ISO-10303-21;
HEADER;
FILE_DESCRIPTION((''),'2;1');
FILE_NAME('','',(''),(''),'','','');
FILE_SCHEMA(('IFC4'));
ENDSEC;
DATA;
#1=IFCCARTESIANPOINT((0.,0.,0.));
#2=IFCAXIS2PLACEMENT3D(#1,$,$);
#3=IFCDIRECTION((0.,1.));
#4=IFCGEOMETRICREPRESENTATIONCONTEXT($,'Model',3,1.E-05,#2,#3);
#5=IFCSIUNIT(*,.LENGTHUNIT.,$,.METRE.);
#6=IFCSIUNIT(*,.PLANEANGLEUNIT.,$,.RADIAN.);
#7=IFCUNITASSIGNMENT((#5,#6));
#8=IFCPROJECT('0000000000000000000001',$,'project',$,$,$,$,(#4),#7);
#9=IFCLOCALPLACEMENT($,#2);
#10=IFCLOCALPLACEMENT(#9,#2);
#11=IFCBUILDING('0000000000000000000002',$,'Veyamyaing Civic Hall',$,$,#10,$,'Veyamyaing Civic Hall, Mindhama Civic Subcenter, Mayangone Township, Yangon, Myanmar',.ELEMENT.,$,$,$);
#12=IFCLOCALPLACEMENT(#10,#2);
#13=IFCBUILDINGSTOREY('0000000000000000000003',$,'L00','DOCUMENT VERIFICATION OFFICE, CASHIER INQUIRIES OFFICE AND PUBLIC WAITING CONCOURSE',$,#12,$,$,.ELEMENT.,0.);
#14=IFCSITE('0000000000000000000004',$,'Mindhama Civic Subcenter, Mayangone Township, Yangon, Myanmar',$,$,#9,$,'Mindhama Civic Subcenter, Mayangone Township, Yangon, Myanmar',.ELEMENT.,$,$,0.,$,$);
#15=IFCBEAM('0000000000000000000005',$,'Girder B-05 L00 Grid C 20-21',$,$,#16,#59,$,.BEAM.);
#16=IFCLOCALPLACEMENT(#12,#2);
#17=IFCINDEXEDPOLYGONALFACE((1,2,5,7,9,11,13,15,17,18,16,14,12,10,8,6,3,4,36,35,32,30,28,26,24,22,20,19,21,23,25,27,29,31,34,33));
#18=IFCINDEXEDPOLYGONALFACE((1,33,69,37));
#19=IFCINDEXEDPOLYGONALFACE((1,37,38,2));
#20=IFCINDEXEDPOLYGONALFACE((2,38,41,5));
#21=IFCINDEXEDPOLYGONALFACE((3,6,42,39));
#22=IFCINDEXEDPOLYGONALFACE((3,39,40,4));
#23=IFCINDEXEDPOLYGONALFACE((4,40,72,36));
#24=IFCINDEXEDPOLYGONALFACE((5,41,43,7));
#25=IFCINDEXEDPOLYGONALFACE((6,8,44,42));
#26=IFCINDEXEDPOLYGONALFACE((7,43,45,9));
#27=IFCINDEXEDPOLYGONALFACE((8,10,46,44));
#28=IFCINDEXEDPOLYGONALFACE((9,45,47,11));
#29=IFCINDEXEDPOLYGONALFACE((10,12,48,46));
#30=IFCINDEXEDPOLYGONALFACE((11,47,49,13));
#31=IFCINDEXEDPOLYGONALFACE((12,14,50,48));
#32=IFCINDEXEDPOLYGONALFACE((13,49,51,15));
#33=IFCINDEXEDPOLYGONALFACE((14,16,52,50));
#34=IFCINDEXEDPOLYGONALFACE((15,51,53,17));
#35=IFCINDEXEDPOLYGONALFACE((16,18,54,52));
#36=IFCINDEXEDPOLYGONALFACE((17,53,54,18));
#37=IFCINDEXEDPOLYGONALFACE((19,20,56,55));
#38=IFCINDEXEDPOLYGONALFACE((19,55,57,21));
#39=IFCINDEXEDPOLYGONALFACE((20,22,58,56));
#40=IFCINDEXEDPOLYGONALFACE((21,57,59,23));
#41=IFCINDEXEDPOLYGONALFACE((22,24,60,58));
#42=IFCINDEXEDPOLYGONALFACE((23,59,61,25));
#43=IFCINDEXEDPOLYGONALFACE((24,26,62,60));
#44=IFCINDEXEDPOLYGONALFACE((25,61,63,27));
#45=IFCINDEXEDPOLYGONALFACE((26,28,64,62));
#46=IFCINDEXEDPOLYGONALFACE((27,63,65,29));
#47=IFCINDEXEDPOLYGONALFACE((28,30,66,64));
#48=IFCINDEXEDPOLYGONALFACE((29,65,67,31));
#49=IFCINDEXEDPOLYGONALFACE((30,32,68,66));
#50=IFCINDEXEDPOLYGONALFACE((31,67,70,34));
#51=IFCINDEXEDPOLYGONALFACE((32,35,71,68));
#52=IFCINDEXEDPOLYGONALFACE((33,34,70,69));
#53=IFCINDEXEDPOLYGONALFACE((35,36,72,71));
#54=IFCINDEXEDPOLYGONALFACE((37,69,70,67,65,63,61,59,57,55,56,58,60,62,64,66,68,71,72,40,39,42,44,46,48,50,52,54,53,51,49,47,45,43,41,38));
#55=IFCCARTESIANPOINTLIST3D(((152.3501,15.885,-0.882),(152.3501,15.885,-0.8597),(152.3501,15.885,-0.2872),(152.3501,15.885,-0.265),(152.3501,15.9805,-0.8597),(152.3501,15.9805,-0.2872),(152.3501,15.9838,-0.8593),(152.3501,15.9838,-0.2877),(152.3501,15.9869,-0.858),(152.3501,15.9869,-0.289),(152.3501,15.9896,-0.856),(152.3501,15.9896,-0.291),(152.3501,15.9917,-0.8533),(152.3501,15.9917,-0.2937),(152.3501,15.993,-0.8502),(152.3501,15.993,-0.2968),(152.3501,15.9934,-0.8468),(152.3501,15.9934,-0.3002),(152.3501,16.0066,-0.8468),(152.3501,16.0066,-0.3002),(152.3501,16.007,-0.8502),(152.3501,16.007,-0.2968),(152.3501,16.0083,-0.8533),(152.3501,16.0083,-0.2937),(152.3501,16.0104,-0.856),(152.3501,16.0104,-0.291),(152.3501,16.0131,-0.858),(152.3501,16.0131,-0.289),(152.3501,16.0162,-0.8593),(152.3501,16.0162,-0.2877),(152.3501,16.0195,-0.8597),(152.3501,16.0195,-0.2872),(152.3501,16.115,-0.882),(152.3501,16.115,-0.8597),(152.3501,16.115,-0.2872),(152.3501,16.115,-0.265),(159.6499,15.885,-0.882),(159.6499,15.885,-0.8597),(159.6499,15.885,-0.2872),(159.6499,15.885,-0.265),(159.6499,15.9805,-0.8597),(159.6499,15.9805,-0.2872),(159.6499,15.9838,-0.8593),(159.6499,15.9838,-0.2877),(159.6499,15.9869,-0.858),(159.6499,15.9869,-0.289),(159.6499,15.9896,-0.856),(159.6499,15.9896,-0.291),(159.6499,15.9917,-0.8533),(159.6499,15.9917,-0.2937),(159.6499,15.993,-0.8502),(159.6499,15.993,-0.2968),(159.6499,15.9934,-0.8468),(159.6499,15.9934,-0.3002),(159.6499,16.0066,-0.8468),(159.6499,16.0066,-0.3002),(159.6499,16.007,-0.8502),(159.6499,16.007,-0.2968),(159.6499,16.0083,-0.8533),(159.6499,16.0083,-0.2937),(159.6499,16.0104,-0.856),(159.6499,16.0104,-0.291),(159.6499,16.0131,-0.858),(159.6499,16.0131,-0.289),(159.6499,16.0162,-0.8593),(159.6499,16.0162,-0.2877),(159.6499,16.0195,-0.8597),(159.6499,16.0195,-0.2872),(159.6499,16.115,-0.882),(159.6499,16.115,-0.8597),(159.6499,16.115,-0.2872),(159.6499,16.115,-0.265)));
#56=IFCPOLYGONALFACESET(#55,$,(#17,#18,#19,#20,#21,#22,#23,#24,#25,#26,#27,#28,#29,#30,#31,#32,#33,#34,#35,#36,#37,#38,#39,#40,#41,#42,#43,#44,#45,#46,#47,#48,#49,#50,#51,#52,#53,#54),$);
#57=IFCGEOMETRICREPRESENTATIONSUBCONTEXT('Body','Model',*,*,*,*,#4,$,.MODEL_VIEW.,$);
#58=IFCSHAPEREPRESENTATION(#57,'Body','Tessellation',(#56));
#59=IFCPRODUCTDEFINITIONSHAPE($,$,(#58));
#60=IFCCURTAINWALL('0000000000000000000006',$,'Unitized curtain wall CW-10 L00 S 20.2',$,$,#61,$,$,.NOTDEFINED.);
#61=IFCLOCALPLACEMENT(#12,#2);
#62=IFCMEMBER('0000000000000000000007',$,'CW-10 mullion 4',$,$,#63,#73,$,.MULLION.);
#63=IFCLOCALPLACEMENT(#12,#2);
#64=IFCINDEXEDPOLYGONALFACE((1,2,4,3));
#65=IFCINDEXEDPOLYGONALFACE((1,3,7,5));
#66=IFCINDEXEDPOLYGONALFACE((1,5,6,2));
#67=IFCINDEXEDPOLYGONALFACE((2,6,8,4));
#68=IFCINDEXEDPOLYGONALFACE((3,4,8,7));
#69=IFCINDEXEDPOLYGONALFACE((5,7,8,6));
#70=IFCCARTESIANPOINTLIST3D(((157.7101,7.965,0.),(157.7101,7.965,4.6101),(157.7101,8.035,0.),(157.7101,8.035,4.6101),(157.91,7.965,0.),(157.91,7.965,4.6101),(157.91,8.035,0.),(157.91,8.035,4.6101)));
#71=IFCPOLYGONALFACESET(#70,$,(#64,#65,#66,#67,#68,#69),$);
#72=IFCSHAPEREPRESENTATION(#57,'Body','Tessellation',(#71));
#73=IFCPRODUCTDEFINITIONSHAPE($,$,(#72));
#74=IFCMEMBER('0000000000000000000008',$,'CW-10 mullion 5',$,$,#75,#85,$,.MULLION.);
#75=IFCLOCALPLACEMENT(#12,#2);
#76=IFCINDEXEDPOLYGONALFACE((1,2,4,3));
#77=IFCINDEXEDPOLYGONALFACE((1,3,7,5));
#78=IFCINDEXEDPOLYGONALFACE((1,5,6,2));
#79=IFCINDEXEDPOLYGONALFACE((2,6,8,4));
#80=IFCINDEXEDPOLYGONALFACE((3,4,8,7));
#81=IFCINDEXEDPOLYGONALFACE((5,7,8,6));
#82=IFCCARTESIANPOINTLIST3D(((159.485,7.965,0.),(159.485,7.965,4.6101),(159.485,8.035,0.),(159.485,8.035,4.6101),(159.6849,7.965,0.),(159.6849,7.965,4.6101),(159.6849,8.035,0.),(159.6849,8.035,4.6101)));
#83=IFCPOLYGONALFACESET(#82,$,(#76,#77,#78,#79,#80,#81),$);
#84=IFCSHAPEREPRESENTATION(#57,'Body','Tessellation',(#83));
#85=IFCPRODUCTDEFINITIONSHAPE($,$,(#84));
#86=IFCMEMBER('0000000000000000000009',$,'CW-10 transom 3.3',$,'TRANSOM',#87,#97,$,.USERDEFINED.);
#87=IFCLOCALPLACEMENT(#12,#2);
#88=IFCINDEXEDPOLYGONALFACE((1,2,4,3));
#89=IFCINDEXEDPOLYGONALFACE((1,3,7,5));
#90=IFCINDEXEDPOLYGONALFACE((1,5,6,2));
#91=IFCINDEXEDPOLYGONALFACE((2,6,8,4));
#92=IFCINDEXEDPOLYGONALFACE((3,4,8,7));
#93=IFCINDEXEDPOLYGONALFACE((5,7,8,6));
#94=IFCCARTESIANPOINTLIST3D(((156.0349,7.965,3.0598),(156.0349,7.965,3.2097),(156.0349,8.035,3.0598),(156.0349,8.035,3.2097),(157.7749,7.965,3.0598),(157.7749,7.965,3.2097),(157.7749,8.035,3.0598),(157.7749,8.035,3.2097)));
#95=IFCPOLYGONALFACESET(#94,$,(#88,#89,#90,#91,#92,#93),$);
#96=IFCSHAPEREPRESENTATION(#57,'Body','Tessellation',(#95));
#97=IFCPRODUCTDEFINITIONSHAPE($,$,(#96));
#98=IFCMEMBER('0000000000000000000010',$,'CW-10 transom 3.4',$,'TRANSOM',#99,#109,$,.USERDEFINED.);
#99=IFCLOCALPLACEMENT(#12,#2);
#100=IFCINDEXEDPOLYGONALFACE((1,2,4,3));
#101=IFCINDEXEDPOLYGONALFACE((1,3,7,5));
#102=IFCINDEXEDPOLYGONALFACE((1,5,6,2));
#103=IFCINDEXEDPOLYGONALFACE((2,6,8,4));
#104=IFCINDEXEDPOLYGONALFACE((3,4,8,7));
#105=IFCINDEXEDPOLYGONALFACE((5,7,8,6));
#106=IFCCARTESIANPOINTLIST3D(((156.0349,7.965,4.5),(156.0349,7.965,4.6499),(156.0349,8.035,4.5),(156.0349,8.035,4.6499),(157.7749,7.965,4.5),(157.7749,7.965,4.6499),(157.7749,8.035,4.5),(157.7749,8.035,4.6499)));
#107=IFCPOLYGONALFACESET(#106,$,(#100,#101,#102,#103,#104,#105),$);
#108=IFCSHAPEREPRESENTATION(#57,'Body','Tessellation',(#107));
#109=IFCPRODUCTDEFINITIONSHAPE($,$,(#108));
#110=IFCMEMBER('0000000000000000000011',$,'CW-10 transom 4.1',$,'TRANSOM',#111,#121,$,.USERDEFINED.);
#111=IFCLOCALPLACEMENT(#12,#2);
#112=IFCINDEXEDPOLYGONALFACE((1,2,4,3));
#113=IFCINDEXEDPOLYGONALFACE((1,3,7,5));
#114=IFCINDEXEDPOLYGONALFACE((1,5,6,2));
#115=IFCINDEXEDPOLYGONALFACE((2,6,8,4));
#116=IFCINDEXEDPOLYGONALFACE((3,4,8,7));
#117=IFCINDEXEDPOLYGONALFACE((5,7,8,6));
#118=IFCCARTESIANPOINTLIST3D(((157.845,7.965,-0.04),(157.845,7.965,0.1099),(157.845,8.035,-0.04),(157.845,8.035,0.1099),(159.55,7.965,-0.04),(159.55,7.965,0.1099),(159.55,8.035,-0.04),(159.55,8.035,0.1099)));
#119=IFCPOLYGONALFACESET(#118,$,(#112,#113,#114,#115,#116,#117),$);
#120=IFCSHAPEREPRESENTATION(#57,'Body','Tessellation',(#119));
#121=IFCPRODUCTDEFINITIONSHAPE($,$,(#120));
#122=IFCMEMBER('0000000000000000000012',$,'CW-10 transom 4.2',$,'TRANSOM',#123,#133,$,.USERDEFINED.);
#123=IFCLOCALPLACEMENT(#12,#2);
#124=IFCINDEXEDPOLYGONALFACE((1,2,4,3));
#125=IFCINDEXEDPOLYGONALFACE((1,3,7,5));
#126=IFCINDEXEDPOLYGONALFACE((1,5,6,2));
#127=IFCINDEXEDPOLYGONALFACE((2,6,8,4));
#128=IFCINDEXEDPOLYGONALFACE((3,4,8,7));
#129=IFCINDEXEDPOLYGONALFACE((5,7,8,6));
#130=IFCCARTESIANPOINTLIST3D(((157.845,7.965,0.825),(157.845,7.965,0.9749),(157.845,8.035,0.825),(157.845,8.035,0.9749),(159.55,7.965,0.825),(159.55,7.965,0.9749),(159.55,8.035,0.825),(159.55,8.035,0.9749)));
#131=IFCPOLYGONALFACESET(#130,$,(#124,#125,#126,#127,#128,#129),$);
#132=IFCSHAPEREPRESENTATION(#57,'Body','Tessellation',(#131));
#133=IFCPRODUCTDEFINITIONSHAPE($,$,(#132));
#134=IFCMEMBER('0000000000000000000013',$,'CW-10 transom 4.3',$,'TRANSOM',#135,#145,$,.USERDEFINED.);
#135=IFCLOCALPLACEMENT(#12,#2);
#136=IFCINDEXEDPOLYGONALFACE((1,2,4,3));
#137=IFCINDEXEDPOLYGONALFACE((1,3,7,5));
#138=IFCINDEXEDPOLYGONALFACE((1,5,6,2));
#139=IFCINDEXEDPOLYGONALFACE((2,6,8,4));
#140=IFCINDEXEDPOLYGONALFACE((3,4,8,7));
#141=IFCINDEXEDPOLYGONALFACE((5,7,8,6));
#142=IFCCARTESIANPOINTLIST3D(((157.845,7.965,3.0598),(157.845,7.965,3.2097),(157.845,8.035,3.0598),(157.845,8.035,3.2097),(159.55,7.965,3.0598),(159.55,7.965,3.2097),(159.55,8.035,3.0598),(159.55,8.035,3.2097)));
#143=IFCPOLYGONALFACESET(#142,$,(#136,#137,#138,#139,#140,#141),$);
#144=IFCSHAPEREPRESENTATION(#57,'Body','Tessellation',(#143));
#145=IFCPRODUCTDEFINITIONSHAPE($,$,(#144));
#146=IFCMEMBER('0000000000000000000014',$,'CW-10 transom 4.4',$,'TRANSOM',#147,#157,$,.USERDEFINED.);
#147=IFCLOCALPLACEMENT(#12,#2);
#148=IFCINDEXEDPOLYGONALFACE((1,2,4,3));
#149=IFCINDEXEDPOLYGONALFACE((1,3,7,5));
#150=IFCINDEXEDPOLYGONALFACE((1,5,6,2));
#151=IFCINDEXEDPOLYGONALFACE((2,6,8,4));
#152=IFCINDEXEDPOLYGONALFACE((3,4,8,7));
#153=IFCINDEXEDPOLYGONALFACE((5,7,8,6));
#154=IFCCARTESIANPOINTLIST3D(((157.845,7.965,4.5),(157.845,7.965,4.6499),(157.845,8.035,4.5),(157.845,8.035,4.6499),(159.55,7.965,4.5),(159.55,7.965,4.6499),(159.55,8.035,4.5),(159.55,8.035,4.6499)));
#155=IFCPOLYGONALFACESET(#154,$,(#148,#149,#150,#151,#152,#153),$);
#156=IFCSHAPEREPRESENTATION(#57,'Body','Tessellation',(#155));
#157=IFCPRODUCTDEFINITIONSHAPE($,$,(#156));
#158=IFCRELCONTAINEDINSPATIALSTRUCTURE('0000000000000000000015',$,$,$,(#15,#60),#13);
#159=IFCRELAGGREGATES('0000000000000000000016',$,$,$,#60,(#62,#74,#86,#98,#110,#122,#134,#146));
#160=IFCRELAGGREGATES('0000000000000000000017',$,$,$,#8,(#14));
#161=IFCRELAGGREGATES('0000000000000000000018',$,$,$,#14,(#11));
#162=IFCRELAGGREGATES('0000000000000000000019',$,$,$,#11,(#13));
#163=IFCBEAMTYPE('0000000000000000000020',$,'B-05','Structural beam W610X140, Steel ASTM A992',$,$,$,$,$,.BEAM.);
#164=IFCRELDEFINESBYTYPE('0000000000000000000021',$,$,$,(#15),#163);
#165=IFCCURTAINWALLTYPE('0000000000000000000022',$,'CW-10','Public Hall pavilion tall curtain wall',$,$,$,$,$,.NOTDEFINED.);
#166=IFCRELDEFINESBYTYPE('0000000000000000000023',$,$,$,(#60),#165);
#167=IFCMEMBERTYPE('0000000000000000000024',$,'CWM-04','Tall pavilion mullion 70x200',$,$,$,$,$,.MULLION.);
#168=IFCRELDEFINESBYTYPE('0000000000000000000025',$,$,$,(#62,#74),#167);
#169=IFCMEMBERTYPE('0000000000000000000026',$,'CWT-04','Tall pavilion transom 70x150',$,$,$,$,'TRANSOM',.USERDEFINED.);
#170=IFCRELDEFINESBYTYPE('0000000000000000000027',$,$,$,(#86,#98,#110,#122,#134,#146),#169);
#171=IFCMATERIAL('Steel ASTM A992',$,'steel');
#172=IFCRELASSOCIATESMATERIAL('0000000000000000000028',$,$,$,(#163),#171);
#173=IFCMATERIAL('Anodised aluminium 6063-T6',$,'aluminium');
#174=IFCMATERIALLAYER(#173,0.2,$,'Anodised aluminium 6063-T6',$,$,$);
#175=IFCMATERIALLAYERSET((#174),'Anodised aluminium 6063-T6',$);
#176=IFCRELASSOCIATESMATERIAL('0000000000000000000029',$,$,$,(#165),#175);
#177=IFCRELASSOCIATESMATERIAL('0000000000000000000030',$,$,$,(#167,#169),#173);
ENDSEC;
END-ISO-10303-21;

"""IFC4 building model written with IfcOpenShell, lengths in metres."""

from ifc_helpers import new_model, si_unit, direction, frame, origin, origin_2d, place, context, subcontext, project, spatial, rectangle, i_section, extrude, material, layer, layer_set, material_profile, profile_set, type_object, element, aggregate, save


model = new_model("IFC4")

# Units and contexts
model_context = context("Model", 3, precision=1e-05, world=origin(), true_north=direction((0.0, 1.0)))
body_context = subcontext(model_context, "Body", "Model", "MODEL_VIEW")
ifc_project = project(units=[si_unit("LENGTHUNIT", "METRE"), si_unit("PLANEANGLEUNIT", "RADIAN")], contexts=[model_context])

# Site, building, storey
site_placement = place(None, origin())
site = spatial("IfcSite", under=ifc_project, at=site_placement, Name="Mindhama Civic Subcenter, Mayangone Township, Yangon, Myanmar", LongName="Mindhama Civic Subcenter, Mayangone Township, Yangon, Myanmar", CompositionType="ELEMENT", RefElevation=0.0)
building_placement = place(site_placement, origin())
building = spatial("IfcBuilding", under=site, at=building_placement, Name="Veyamyaing Civic Hall", LongName="Veyamyaing Civic Hall, Mindhama Civic Subcenter, Mayangone Township, Yangon, Myanmar", CompositionType="ELEMENT")
storey_placement = place(building_placement, origin())
storey = spatial("IfcBuildingStorey", under=building, at=storey_placement, Name="L00", Description="DOCUMENT VERIFICATION OFFICE, CASHIER INQUIRIES OFFICE AND PUBLIC WAITING CONCOURSE", CompositionType="ELEMENT", Elevation=0.0)

# Beam
ifc_material_1 = material(Name="Steel ASTM A992", Category="steel")
ifc_material_profile_1 = material_profile(ifc_material_1, i_section(OverallWidth=0.23, OverallDepth=0.6169, WebThickness=0.0132, FlangeThickness=0.0222, FilletRadius=0.0129, at=origin_2d()), Name="W610X140")
ifc_profile_set_1 = profile_set([ifc_material_profile_1], Name="Steel ASTM A992")
beam_type_1 = type_object("IfcBeamType", Name="B-05", Description="Structural beam W610X140, Steel ASTM A992", PredefinedType="BEAM", material=ifc_profile_set_1)
beam_1_placement = place(storey_placement, frame((152.3501, 16.0, -0.5735), z_axis=(1.0, 0.0, 0.0), x_axis=(0.0, 1.0, 0.0)))
element("IfcBeam", 1, at=beam_1_placement, inside=storey, type_object=beam_type_1, Name="Girder B-05 L00 Grid C 20-21", PredefinedType="BEAM", context=body_context, shape_type="SweptSolid", body=[
    extrude(i_section(OverallWidth=0.23, OverallDepth=0.6169, WebThickness=0.0132, FlangeThickness=0.0222, FilletRadius=0.0129, at=origin_2d()), origin(), (0.0, 0.0, 1.0), 7.2998),
])

# Curtain wall, members
ifc_material_2 = material(Name="Anodised aluminium 6063-T6", Category="aluminium")
ifc_layer_1 = layer(ifc_material_2, 0.2, Name="Anodised aluminium 6063-T6")
ifc_layer_set_1 = layer_set([ifc_layer_1], Name="Anodised aluminium 6063-T6")
curtain_wall_type = type_object("IfcCurtainWallType", Name="CW-10", Description="Public Hall pavilion tall curtain wall", PredefinedType="NOTDEFINED", material=ifc_layer_set_1)
curtain_wall_placement = place(storey_placement, origin())
curtain_wall = element("IfcCurtainWall", 2, at=curtain_wall_placement, inside=storey, type_object=curtain_wall_type, Name="Unitized curtain wall CW-10 L00 S 20.2", PredefinedType="NOTDEFINED")
ifc_material_profile_2 = material_profile(ifc_material_2, rectangle(XDim=0.0701, YDim=0.2, at=origin_2d()), Name="ALU-MUL-70X200")
ifc_profile_set_2 = profile_set([ifc_material_profile_2], Name="Anodised aluminium 6063-T6")
member_type_1 = type_object("IfcMemberType", Name="CWM-04", Description="Tall pavilion mullion 70x200", PredefinedType="MULLION", material=ifc_profile_set_2)
member_1_placement = place(storey_placement, frame((157.8101, 8.0, 0.0), z_axis=(0.0, 0.0, 1.0), x_axis=(0.0, 1.0, 0.0)))
member_1 = element("IfcMember", 3, at=member_1_placement, type_object=member_type_1, Name="CW-10 mullion 4", PredefinedType="MULLION", context=body_context, shape_type="SweptSolid", body=[
    extrude(rectangle(XDim=0.0701, YDim=0.2, at=origin_2d()), origin(), (0.0, 0.0, 1.0), 4.6101),
])
member_2_placement = place(storey_placement, frame((159.585, 8.0, 0.0), z_axis=(0.0, 0.0, 1.0), x_axis=(0.0, 1.0, 0.0)))
member_2 = element("IfcMember", 4, at=member_2_placement, type_object=member_type_1, Name="CW-10 mullion 5", PredefinedType="MULLION", context=body_context, shape_type="SweptSolid", body=[
    extrude(rectangle(XDim=0.0701, YDim=0.2, at=origin_2d()), origin(), (0.0, 0.0, 1.0), 4.6101),
])
ifc_material_profile_3 = material_profile(ifc_material_2, rectangle(XDim=0.0701, YDim=0.1499, at=origin_2d()), Name="ALU-TRN-70X150")
ifc_profile_set_3 = profile_set([ifc_material_profile_3], Name="Anodised aluminium 6063-T6")
member_type_2 = type_object("IfcMemberType", Name="CWT-04", Description="Tall pavilion transom 70x150", ElementType="TRANSOM", PredefinedType="USERDEFINED", material=ifc_profile_set_3)
member_3_placement = place(storey_placement, frame((156.0349, 8.0, 3.1348), z_axis=(1.0, 0.0, 0.0), x_axis=(0.0, 1.0, 0.0)))
member_3 = element("IfcMember", 5, at=member_3_placement, type_object=member_type_2, Name="CW-10 transom 3.3", ObjectType="TRANSOM", PredefinedType="USERDEFINED", context=body_context, shape_type="SweptSolid", body=[
    extrude(rectangle(XDim=0.0701, YDim=0.1499, at=origin_2d()), origin(), (0.0, 0.0, 1.0), 1.74),
])
member_4_placement = place(storey_placement, frame((156.0349, 8.0, 4.575), z_axis=(1.0, 0.0, 0.0), x_axis=(0.0, 1.0, 0.0)))
member_4 = element("IfcMember", 6, at=member_4_placement, type_object=member_type_2, Name="CW-10 transom 3.4", ObjectType="TRANSOM", PredefinedType="USERDEFINED", context=body_context, shape_type="SweptSolid", body=[
    extrude(rectangle(XDim=0.0701, YDim=0.1499, at=origin_2d()), origin(), (0.0, 0.0, 1.0), 1.74),
])
member_5_placement = place(storey_placement, frame((157.845, 8.0, 0.0349), z_axis=(1.0, 0.0, 0.0), x_axis=(0.0, 1.0, 0.0)))
member_5 = element("IfcMember", 7, at=member_5_placement, type_object=member_type_2, Name="CW-10 transom 4.1", ObjectType="TRANSOM", PredefinedType="USERDEFINED", context=body_context, shape_type="SweptSolid", body=[
    extrude(rectangle(XDim=0.0701, YDim=0.1499, at=origin_2d()), origin(), (0.0, 0.0, 1.0), 1.7051),
])
member_6_placement = place(storey_placement, frame((157.845, 8.0, 0.8999), z_axis=(1.0, 0.0, 0.0), x_axis=(0.0, 1.0, 0.0)))
member_6 = element("IfcMember", 8, at=member_6_placement, type_object=member_type_2, Name="CW-10 transom 4.2", ObjectType="TRANSOM", PredefinedType="USERDEFINED", context=body_context, shape_type="SweptSolid", body=[
    extrude(rectangle(XDim=0.0701, YDim=0.1499, at=origin_2d()), origin(), (0.0, 0.0, 1.0), 1.7051),
])
member_7_placement = place(storey_placement, frame((157.845, 8.0, 3.1348), z_axis=(1.0, 0.0, 0.0), x_axis=(0.0, 1.0, 0.0)))
member_7 = element("IfcMember", 9, at=member_7_placement, type_object=member_type_2, Name="CW-10 transom 4.3", ObjectType="TRANSOM", PredefinedType="USERDEFINED", context=body_context, shape_type="SweptSolid", body=[
    extrude(rectangle(XDim=0.0701, YDim=0.1499, at=origin_2d()), origin(), (0.0, 0.0, 1.0), 1.7051),
])
member_8_placement = place(storey_placement, frame((157.845, 8.0, 4.575), z_axis=(1.0, 0.0, 0.0), x_axis=(0.0, 1.0, 0.0)))
member_8 = element("IfcMember", 10, at=member_8_placement, type_object=member_type_2, Name="CW-10 transom 4.4", ObjectType="TRANSOM", PredefinedType="USERDEFINED", context=body_context, shape_type="SweptSolid", body=[
    extrude(rectangle(XDim=0.0701, YDim=0.1499, at=origin_2d()), origin(), (0.0, 0.0, 1.0), 1.7051),
])

aggregate(curtain_wall, [member_1, member_2, member_3, member_4, member_5, member_6, member_7, member_8])

save(model, "model.ifc")
